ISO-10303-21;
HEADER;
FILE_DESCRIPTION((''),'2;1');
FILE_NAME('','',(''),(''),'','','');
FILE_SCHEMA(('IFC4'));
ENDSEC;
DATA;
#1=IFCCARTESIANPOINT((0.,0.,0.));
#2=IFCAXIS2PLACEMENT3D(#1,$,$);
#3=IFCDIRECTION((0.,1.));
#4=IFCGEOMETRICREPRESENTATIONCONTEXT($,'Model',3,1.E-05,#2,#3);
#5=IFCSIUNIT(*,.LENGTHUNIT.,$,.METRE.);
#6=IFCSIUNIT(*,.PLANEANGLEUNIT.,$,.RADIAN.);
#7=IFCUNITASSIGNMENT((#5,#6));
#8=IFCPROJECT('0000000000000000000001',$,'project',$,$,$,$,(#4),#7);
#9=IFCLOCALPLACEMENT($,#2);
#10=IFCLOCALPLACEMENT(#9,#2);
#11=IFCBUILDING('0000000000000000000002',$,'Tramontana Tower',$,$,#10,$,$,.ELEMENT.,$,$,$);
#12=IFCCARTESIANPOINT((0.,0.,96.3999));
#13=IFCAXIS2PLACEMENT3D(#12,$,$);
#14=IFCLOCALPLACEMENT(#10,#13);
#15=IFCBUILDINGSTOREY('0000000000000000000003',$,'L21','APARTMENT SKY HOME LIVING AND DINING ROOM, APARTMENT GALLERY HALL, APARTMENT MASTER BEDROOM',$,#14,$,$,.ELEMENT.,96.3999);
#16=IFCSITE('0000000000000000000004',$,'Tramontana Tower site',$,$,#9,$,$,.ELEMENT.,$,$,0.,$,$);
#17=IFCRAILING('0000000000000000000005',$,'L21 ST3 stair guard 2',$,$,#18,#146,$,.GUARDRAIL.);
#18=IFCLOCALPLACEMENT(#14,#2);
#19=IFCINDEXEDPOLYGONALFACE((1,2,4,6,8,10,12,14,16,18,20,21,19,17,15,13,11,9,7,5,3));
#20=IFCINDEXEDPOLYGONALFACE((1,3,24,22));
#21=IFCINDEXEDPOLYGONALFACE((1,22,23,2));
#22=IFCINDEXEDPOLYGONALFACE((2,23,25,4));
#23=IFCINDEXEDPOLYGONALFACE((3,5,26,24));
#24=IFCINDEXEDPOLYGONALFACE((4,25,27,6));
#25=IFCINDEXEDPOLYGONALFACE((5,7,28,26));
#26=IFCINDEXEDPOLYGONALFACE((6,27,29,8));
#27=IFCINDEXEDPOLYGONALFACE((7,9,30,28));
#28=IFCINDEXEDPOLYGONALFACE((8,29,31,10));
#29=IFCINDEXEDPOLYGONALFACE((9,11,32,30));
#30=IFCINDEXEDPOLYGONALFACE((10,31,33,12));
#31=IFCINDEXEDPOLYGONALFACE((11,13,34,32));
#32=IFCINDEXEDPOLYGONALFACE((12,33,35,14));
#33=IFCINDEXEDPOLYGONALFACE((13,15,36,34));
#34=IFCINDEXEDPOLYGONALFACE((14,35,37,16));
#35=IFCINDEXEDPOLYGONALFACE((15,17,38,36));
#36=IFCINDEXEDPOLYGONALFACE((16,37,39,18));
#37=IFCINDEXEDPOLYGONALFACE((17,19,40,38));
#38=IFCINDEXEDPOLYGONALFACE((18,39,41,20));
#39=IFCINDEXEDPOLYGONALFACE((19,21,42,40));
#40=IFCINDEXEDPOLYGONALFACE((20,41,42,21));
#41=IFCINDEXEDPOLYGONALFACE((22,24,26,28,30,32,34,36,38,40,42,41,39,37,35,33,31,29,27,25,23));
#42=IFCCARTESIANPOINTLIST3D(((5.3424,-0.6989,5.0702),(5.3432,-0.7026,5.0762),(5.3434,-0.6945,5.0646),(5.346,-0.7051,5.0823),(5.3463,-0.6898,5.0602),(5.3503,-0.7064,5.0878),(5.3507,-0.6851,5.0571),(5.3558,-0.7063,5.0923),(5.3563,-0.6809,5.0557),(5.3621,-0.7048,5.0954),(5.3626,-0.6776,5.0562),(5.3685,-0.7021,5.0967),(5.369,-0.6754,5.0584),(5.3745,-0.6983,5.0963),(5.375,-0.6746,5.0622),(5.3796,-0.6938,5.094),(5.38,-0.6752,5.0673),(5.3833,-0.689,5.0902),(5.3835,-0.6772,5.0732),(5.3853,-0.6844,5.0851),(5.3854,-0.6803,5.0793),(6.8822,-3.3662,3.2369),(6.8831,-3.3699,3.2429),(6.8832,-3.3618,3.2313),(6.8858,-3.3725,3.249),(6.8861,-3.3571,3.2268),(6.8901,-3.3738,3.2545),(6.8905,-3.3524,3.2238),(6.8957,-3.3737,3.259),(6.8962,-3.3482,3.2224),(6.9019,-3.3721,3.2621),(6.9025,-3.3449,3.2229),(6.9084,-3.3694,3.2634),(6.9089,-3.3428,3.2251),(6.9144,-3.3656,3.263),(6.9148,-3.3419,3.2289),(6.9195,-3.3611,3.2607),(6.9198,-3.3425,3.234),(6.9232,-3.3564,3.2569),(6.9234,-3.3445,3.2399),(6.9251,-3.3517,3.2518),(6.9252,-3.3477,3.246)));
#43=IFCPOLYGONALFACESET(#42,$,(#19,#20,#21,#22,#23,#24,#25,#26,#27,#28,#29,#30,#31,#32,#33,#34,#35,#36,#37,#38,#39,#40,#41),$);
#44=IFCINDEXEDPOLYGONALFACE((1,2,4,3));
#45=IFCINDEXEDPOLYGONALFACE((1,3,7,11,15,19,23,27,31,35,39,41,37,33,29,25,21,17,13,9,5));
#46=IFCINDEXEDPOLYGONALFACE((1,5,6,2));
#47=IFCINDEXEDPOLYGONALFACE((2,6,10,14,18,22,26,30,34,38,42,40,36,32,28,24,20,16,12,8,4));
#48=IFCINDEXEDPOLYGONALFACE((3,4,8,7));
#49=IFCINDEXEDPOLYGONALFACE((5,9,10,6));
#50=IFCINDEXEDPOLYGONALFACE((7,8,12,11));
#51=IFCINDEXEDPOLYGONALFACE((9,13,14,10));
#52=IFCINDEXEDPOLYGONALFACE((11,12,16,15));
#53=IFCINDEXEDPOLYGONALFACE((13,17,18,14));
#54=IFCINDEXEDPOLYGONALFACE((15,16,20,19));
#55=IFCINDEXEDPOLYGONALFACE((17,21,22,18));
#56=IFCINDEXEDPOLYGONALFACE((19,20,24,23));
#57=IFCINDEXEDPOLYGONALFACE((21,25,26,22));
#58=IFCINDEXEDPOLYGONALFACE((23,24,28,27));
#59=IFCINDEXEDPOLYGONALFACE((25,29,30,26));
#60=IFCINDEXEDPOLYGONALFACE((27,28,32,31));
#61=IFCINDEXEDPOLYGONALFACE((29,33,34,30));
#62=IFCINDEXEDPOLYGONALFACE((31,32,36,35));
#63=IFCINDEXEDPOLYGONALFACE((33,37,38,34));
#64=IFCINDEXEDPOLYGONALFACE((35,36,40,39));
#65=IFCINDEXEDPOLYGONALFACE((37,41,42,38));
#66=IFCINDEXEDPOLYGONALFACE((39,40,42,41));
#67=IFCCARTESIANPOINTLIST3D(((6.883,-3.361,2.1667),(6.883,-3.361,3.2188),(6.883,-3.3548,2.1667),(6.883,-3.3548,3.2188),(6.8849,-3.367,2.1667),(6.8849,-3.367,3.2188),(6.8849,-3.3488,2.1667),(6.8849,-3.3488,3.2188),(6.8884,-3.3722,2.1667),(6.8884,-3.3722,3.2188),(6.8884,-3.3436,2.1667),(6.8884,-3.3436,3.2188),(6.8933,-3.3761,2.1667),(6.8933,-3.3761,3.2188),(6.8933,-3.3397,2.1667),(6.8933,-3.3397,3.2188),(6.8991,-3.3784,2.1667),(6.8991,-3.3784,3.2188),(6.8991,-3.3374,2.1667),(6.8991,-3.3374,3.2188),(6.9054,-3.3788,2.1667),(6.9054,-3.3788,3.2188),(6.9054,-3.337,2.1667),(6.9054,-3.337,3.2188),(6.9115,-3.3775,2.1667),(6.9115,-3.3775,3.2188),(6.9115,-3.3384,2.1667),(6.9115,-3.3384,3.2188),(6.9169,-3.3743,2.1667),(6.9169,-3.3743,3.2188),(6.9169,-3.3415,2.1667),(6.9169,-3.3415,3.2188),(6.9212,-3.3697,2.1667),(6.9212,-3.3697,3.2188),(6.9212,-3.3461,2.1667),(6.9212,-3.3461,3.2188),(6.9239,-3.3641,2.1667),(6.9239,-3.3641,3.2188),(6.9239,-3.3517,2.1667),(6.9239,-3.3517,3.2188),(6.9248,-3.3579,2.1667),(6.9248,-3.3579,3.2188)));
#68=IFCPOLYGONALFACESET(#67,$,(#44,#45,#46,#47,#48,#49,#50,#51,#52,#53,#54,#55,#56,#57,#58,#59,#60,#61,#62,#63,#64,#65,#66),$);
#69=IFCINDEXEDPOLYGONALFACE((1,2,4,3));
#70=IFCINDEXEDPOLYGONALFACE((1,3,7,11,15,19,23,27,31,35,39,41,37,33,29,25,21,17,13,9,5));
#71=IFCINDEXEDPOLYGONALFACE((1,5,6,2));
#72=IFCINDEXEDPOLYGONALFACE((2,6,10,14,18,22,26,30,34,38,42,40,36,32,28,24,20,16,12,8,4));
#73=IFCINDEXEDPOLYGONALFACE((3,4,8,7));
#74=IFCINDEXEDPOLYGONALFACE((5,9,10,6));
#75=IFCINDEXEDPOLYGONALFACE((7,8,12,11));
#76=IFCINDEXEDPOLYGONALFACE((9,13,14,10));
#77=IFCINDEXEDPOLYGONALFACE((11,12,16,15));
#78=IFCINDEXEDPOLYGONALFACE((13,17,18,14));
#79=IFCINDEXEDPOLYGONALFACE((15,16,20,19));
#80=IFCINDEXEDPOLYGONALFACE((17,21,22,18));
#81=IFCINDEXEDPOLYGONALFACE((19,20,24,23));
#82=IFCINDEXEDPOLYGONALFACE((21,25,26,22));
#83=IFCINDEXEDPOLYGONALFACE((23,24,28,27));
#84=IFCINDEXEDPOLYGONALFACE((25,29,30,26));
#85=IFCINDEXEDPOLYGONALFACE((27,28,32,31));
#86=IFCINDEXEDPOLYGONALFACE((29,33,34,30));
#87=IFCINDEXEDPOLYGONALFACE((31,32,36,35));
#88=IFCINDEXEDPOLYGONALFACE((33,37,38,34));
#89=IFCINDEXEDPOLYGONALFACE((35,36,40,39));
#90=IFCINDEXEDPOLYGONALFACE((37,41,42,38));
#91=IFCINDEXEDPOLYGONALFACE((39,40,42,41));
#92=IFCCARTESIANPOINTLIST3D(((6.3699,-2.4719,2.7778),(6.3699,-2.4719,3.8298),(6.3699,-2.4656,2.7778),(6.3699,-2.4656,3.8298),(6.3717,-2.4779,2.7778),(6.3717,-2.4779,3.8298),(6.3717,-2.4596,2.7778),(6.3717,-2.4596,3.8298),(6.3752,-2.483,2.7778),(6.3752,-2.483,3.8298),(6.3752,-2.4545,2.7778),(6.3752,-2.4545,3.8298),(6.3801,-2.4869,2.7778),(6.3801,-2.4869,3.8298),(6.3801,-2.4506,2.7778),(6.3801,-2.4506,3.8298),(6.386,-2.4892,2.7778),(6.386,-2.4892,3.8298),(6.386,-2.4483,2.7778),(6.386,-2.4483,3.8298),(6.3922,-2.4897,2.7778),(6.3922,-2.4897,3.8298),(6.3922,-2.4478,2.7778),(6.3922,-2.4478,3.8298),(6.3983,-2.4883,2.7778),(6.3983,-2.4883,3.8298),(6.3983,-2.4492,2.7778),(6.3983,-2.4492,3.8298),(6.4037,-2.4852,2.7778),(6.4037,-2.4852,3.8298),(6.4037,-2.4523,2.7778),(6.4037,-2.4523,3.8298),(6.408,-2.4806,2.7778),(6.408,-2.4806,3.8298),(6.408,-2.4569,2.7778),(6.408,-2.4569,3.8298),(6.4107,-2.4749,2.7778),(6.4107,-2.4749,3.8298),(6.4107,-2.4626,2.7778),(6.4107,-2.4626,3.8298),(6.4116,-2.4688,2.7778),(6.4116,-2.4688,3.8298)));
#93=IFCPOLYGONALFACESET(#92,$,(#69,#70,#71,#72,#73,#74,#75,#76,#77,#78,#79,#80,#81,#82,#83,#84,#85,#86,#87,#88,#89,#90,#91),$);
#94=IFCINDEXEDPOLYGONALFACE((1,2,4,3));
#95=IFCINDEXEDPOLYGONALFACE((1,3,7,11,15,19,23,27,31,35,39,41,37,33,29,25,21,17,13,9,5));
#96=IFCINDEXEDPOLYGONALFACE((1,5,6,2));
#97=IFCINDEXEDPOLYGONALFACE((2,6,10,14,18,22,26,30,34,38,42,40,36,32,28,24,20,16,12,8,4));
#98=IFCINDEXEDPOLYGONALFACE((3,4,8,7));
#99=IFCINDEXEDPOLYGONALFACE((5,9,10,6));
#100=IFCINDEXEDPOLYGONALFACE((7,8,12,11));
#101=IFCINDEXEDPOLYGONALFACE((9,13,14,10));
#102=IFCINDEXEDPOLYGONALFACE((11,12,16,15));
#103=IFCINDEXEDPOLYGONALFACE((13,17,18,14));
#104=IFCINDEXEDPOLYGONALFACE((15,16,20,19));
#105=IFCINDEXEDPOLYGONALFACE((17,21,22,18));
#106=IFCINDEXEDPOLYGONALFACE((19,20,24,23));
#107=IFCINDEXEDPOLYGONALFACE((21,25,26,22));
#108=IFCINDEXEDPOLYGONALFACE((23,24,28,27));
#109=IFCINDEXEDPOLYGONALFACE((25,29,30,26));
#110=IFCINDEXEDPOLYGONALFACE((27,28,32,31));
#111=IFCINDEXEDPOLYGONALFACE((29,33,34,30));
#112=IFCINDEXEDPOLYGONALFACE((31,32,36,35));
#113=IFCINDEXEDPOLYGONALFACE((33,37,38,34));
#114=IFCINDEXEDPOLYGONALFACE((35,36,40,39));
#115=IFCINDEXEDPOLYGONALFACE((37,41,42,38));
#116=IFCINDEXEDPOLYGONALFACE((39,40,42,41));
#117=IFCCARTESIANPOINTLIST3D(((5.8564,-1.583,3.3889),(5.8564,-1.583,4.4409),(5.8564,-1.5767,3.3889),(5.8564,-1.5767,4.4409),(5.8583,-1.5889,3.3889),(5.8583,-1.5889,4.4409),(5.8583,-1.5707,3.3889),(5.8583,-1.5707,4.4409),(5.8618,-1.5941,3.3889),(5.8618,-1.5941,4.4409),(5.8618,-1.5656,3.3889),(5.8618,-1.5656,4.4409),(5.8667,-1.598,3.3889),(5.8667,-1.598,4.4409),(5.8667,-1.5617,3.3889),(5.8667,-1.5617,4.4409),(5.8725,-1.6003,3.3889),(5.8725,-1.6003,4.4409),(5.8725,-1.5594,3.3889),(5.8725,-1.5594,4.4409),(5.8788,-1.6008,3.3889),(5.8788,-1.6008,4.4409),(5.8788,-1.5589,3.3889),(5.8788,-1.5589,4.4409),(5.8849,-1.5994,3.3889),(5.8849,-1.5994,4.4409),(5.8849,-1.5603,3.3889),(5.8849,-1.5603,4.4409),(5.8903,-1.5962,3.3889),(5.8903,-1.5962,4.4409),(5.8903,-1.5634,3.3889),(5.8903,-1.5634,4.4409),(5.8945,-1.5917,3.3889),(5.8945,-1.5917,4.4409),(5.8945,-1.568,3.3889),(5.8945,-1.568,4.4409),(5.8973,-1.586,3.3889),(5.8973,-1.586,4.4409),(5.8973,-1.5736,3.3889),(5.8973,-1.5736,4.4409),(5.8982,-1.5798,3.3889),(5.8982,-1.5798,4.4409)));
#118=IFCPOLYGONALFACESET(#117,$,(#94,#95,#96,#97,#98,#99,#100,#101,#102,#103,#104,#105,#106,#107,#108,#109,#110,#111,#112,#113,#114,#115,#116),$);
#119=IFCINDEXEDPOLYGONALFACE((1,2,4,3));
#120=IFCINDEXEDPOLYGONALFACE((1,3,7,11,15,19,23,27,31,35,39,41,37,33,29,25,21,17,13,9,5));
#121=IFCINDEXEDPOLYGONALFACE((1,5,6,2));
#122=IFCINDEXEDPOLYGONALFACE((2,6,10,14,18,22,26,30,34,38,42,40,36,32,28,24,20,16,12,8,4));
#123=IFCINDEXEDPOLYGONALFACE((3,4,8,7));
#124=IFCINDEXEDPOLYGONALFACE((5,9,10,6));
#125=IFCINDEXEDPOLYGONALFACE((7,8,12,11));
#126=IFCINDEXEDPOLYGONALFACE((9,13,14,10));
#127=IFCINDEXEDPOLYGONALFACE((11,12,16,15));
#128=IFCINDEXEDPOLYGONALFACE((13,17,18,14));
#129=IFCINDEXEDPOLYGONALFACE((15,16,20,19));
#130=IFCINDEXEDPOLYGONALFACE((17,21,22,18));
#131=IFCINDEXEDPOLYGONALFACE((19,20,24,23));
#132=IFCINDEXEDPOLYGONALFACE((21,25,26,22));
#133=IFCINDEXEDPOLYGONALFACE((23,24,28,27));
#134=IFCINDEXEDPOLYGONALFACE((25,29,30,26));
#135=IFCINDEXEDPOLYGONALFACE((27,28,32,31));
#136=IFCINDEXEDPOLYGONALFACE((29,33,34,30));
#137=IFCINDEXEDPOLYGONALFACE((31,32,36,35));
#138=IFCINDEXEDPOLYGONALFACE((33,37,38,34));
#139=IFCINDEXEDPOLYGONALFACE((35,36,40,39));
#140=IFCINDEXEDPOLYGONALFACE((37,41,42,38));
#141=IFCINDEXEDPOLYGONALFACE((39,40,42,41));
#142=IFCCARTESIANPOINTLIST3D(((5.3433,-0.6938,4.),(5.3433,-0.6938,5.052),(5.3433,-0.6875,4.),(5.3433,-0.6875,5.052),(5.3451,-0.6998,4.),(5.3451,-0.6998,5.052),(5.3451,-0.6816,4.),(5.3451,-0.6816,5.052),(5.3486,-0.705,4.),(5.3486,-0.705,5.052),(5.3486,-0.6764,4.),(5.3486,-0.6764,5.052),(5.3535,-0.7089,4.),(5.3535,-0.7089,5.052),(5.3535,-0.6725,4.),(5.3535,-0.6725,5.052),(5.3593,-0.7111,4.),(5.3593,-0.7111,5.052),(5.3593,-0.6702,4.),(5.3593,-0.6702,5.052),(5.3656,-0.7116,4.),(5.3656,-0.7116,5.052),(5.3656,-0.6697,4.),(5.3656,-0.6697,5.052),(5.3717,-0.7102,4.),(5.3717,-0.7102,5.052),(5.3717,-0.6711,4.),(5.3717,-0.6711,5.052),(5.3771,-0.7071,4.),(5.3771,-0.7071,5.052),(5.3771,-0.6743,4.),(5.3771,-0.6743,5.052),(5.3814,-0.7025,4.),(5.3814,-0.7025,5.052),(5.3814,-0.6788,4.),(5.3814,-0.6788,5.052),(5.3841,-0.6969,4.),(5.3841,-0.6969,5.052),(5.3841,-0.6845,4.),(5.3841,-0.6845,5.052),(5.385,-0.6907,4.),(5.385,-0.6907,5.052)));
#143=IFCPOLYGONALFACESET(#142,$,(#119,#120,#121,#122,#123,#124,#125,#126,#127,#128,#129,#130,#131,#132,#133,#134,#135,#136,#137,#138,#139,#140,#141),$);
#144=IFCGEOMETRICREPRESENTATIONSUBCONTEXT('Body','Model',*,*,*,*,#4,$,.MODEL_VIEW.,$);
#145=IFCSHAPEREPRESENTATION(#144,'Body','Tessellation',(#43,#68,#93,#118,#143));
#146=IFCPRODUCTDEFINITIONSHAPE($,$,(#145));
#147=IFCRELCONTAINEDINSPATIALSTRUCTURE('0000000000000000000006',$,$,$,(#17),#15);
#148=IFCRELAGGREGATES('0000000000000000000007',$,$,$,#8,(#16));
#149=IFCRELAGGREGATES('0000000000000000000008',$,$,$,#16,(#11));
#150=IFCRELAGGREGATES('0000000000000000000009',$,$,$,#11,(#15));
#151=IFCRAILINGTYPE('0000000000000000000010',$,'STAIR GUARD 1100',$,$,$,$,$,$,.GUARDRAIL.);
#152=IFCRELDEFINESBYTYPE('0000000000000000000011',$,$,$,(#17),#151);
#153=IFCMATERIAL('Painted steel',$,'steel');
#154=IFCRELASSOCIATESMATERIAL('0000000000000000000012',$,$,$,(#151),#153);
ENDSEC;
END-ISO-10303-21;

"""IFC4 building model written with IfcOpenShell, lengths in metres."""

from ifc_helpers import new_model, si_unit, direction, frame, origin, origin_2d, place, context, subcontext, project, spatial, circle, extrude, material, type_object, element, save


model = new_model("IFC4")

# Units and contexts
model_context = context("Model", 3, precision=1e-05, world=origin(), true_north=direction((0.0, 1.0)))
body_context = subcontext(model_context, "Body", "Model", "MODEL_VIEW")
ifc_project = project(units=[si_unit("LENGTHUNIT", "METRE"), si_unit("PLANEANGLEUNIT", "RADIAN")], contexts=[model_context])

# Site, building, storey
site_placement = place(None, origin())
site = spatial("IfcSite", under=ifc_project, at=site_placement, Name="Tramontana Tower site", CompositionType="ELEMENT", RefElevation=0.0)
building_placement = place(site_placement, origin())
building = spatial("IfcBuilding", under=site, at=building_placement, Name="Tramontana Tower", CompositionType="ELEMENT")
storey_placement = place(building_placement, frame((0.0, 0.0, 96.3999)))
storey = spatial("IfcBuildingStorey", under=building, at=storey_placement, Name="L21", Description="APARTMENT SKY HOME LIVING AND DINING ROOM, APARTMENT GALLERY HALL, APARTMENT MASTER BEDROOM", CompositionType="ELEMENT", Elevation=96.3999)

# Railing
ifc_material_1 = material(Name="Painted steel", Category="steel")
railing_type_1 = type_object("IfcRailingType", Name="STAIR GUARD 1100", PredefinedType="GUARDRAIL", material=ifc_material_1)
railing_1_placement = place(storey_placement, frame((6.9038, -3.3579, 2.1667)))
element("IfcRailing", 1, at=railing_1_placement, inside=storey, type_object=railing_type_1, Name="L21 ST3 stair guard 2", PredefinedType="GUARDRAIL", context=body_context, shape_type="SweptSolid", body=[
    extrude(circle(Radius=0.0239, at=origin_2d()), frame((0.0, 0.0, 1.0762), z_axis=(-0.429616, 0.744181, 0.511493), x_axis=(-0.866044, -0.499967, 0.0)), (0.0, 0.0, 1.0), 3.5842),
    extrude(circle(Radius=0.021, at=origin_2d()), origin(), (0.0, 0.0, 1.0), 1.052),
    extrude(circle(Radius=0.021, at=origin_2d()), frame((-0.5132, 0.8892, 0.6111)), (0.0, 0.0, 1.0), 1.052),
    extrude(circle(Radius=0.021, at=origin_2d()), frame((-1.0266, 1.7781, 1.2222)), (0.0, 0.0, 1.0), 1.052),
    extrude(circle(Radius=0.021, at=origin_2d()), frame((-1.5398, 2.6672, 1.8333)), (0.0, 0.0, 1.0), 1.052),
])

save(model, "model.ifc")
